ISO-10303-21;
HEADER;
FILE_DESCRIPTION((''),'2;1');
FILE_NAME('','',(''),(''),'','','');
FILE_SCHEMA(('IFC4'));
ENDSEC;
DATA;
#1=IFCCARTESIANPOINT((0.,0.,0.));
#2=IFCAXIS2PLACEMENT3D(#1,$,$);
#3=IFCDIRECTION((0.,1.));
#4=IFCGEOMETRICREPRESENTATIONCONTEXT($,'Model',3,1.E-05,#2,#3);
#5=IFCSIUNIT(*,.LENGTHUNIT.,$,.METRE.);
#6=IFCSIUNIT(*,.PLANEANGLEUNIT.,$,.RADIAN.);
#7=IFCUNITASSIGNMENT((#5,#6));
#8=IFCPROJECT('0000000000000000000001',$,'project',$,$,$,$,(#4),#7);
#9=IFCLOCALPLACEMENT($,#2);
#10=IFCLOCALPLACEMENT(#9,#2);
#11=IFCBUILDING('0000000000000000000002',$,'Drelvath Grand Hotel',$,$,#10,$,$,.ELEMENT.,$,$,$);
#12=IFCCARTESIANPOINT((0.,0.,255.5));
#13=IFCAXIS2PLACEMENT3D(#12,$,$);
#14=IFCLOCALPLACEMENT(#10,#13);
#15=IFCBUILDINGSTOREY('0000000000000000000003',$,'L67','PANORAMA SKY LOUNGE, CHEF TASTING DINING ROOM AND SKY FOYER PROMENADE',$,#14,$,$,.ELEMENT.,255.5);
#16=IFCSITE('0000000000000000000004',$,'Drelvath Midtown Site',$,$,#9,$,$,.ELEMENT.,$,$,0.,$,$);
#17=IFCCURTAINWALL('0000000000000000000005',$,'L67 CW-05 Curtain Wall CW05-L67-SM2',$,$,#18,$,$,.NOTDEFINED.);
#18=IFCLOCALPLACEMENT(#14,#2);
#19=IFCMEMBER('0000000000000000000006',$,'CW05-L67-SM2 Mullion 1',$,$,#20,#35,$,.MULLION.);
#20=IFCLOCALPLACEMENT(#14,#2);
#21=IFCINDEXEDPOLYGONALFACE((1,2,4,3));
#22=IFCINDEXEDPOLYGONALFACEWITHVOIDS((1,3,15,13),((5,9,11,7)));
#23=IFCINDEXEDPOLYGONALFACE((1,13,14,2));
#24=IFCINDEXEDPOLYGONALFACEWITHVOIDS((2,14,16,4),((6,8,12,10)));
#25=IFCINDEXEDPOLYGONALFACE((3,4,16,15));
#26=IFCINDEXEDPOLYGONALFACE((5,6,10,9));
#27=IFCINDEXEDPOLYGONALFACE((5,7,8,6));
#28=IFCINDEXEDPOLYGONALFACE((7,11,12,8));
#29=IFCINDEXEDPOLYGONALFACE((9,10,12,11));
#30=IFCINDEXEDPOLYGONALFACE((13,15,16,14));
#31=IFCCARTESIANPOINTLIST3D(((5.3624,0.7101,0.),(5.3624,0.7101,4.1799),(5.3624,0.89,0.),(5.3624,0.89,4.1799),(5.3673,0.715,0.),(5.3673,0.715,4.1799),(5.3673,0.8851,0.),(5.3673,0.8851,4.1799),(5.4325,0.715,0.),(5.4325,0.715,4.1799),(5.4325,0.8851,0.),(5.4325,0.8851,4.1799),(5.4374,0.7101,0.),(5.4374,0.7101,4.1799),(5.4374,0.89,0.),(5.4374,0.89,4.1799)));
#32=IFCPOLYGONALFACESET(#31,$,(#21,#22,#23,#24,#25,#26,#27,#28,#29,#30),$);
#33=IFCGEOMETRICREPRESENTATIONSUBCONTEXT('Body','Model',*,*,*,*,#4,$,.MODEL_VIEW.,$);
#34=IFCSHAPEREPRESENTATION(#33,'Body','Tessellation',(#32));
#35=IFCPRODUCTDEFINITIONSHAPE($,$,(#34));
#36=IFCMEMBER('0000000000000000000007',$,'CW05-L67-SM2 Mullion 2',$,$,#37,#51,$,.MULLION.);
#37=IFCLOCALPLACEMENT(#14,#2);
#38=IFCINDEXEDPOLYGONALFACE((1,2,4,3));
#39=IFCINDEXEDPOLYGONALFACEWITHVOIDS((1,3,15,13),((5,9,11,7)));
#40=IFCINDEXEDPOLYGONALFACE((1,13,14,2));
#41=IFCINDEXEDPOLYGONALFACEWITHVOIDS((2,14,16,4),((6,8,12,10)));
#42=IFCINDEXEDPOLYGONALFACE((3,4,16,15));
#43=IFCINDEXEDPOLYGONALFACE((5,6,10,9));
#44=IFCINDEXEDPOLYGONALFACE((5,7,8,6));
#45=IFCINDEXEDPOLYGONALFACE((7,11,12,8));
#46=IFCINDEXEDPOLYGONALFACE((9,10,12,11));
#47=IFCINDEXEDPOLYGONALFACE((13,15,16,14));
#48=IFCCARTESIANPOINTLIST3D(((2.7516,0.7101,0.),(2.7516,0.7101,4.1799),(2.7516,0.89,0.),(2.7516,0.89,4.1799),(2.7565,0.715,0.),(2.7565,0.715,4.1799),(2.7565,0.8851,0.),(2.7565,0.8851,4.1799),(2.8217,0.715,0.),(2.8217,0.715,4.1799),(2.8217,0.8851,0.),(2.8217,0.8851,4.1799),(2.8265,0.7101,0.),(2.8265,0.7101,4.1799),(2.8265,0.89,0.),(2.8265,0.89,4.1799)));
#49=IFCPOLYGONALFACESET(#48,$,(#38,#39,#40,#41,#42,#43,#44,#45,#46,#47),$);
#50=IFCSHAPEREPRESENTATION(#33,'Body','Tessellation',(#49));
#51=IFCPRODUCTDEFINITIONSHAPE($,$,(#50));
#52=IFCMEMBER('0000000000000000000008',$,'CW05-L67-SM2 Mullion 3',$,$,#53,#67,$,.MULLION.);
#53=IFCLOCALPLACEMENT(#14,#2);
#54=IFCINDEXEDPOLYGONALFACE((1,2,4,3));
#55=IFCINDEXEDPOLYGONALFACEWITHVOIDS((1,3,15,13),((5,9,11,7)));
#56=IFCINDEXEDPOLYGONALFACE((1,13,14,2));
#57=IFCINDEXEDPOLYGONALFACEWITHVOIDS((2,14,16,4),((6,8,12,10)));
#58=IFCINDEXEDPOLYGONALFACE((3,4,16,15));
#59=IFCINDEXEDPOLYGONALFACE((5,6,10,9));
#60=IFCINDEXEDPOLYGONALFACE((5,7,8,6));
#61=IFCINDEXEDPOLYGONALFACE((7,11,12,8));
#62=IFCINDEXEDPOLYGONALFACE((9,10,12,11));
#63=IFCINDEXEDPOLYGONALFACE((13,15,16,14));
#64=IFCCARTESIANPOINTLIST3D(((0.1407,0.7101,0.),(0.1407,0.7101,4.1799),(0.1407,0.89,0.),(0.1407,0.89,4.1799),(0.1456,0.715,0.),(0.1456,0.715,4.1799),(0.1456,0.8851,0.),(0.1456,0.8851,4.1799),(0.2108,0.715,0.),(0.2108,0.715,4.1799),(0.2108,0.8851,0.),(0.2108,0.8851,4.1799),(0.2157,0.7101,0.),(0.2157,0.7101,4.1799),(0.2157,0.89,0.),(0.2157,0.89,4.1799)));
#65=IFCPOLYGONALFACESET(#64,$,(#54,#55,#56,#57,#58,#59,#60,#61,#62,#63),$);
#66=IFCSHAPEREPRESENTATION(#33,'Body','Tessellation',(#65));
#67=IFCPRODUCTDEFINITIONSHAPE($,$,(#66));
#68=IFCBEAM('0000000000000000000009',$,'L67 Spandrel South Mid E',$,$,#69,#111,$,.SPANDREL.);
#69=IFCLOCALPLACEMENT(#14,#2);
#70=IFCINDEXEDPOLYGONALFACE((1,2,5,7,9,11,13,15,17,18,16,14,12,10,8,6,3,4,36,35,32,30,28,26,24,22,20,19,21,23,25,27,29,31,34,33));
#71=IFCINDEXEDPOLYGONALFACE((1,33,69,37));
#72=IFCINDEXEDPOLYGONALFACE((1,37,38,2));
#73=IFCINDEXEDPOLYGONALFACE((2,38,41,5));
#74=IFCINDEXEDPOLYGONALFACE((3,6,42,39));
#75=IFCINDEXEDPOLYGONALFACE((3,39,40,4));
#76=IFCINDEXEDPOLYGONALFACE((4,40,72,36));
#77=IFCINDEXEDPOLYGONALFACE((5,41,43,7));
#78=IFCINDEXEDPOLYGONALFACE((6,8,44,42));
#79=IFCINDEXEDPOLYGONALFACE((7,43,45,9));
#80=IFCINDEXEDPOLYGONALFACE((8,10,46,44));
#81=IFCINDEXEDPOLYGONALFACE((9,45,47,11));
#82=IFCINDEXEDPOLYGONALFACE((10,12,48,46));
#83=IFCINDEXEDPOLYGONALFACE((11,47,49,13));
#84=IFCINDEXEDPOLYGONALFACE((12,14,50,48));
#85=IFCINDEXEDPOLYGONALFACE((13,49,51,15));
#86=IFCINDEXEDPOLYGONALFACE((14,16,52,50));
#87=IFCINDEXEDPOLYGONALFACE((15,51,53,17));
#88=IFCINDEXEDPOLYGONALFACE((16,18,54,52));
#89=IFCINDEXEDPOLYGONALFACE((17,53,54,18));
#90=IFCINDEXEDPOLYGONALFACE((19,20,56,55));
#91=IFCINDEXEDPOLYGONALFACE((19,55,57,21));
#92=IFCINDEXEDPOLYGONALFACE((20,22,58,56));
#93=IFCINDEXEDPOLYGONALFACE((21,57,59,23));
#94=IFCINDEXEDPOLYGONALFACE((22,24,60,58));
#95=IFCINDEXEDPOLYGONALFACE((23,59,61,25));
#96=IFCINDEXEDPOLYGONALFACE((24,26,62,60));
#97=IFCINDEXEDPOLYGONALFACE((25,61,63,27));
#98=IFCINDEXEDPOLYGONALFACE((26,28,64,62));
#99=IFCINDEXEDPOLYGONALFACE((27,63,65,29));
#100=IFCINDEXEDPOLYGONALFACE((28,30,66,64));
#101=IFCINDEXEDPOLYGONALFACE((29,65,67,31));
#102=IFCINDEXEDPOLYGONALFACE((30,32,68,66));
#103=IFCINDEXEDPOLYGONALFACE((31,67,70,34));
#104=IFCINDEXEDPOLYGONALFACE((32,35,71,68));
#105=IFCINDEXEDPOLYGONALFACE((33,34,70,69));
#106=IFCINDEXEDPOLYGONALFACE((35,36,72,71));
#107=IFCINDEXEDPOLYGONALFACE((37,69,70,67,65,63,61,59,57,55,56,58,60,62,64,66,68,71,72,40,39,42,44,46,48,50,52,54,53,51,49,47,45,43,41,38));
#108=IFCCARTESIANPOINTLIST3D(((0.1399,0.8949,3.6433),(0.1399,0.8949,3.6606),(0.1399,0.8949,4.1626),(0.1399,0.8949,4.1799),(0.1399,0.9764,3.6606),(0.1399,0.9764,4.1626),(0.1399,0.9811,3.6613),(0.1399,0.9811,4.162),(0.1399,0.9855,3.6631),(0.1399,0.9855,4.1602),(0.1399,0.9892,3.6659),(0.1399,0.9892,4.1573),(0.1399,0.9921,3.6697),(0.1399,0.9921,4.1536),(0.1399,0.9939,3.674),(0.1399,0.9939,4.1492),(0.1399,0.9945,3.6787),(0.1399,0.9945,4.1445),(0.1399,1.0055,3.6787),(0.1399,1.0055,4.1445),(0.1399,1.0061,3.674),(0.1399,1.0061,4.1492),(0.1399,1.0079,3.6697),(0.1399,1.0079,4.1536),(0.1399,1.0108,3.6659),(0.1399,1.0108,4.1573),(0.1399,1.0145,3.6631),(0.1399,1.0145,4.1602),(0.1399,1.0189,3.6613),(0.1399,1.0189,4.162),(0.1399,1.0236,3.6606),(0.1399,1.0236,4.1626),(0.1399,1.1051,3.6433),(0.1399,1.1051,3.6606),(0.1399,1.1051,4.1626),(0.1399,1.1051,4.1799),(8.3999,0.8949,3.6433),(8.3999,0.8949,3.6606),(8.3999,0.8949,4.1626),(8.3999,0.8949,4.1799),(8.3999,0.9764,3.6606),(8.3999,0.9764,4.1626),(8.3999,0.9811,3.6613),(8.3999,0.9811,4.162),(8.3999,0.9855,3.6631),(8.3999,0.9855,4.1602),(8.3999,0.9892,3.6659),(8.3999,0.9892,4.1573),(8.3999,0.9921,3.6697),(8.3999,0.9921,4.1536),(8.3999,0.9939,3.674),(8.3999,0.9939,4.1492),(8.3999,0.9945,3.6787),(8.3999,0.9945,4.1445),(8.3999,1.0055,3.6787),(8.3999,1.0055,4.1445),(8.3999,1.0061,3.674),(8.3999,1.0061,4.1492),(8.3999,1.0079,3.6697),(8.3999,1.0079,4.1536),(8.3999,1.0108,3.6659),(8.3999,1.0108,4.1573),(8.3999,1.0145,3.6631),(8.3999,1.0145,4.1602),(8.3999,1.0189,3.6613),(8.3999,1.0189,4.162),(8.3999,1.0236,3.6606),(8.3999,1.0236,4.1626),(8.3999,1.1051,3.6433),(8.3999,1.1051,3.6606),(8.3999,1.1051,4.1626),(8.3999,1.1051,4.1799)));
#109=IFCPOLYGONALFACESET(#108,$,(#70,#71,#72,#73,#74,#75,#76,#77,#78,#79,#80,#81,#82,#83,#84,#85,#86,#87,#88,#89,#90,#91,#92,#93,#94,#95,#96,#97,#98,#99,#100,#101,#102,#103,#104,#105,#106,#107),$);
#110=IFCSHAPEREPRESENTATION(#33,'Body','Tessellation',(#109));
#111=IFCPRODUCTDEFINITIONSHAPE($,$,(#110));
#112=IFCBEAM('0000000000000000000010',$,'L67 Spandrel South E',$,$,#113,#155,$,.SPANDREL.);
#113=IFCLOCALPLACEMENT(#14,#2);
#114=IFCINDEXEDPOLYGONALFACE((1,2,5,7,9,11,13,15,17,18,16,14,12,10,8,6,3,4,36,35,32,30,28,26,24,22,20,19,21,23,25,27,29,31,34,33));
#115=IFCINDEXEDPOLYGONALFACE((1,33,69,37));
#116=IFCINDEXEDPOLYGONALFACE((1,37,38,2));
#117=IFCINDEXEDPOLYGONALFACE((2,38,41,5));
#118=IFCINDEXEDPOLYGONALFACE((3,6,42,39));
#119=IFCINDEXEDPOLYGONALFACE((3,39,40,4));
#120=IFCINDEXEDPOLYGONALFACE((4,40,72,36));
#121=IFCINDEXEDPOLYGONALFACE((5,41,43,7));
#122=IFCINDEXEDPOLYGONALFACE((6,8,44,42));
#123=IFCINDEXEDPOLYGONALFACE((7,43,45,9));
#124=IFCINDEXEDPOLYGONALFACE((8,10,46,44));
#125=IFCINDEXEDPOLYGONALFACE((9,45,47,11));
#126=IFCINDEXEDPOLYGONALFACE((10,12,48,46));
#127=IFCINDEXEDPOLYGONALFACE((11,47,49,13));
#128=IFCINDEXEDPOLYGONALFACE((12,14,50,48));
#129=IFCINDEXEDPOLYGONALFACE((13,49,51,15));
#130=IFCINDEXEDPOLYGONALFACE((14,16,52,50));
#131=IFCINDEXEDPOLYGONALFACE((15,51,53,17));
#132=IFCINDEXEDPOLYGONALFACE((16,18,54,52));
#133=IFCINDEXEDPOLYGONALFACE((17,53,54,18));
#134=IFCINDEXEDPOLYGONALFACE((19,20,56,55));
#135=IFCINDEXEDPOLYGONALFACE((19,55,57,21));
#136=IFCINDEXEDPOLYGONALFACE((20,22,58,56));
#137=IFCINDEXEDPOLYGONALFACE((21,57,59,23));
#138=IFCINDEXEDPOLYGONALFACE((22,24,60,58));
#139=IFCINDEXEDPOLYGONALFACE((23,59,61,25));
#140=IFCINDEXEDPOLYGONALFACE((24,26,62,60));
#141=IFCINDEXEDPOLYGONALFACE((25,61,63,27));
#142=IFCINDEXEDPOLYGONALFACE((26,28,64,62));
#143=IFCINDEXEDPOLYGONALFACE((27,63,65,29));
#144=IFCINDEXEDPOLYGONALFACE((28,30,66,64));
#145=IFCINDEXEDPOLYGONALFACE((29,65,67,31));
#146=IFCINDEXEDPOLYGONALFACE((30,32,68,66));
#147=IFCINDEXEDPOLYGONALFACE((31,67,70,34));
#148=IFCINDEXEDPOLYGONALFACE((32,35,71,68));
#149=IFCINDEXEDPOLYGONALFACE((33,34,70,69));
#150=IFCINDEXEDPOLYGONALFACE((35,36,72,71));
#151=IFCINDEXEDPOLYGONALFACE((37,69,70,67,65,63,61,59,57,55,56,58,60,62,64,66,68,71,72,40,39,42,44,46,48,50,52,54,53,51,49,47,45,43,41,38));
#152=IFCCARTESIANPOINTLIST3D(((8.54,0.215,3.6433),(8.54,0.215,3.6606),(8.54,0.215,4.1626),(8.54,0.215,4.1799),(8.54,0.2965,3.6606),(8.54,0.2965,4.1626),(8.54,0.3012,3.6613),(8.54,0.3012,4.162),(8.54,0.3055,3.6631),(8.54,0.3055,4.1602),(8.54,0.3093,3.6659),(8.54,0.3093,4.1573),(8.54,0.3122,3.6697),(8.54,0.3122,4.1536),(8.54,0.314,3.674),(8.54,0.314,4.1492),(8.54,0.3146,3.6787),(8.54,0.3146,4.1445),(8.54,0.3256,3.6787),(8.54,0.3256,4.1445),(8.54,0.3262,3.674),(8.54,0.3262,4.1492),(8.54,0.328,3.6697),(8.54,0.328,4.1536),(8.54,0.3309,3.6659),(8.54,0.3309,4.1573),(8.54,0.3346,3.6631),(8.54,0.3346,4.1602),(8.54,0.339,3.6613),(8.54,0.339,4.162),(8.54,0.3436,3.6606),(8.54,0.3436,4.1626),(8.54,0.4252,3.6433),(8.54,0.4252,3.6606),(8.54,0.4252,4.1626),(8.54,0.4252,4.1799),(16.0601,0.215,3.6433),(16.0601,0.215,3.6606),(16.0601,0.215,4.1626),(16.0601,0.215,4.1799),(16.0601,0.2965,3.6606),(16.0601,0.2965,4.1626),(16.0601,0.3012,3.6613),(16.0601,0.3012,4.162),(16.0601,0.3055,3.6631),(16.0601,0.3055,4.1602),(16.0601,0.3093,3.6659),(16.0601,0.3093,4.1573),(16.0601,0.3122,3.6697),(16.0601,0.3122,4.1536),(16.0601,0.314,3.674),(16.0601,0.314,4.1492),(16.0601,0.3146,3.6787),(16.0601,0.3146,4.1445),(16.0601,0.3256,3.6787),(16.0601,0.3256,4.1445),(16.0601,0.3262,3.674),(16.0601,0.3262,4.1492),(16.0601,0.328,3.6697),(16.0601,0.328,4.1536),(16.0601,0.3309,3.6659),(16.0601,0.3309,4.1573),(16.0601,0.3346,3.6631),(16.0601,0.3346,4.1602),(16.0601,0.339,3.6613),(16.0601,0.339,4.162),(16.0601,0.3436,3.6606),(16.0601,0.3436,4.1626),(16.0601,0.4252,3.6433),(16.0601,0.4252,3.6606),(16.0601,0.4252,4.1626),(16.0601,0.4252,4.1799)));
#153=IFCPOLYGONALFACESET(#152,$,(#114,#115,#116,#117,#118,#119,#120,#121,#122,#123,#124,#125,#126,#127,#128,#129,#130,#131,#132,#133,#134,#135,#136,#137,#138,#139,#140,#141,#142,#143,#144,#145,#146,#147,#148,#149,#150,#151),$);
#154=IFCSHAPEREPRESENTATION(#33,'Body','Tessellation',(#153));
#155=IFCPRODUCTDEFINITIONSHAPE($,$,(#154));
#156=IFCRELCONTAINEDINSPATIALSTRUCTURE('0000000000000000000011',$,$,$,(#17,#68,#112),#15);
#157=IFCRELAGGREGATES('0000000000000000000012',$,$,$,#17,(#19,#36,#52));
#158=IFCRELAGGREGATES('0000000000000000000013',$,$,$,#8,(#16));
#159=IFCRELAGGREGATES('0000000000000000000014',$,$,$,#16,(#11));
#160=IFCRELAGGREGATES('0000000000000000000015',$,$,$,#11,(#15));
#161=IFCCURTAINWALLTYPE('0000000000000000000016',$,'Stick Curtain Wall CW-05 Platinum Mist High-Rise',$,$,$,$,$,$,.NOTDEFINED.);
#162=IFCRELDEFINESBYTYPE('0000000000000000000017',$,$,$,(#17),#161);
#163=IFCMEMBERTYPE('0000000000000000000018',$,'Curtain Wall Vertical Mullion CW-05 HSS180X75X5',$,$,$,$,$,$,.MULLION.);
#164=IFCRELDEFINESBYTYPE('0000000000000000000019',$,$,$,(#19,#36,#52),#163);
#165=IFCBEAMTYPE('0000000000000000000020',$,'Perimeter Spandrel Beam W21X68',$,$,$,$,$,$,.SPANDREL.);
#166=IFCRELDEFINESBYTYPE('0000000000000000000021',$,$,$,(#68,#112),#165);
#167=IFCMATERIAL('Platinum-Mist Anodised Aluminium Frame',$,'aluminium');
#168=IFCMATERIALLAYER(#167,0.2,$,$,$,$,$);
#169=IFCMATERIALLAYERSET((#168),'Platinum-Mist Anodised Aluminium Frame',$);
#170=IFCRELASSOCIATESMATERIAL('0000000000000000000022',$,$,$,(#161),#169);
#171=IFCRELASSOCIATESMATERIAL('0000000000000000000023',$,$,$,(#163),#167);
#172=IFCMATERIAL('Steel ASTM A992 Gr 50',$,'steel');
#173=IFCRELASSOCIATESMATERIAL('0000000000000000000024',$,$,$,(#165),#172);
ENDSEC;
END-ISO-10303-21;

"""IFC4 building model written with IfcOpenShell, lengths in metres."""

from ifc_helpers import new_model, si_unit, direction, frame, origin, origin_2d, place, context, subcontext, project, spatial, hollow_rectangle, i_section, extrude, material, layer, layer_set, material_profile, profile_set, type_object, element, aggregate, save


model = new_model("IFC4")

# Units and contexts
model_context = context("Model", 3, precision=1e-05, world=origin(), true_north=direction((0.0, 1.0)))
body_context = subcontext(model_context, "Body", "Model", "MODEL_VIEW")
ifc_project = project(units=[si_unit("LENGTHUNIT", "METRE"), si_unit("PLANEANGLEUNIT", "RADIAN")], contexts=[model_context])

# Site, building, storey
site_placement = place(None, origin())
site = spatial("IfcSite", under=ifc_project, at=site_placement, Name="Drelvath Midtown Site", CompositionType="ELEMENT", RefElevation=0.0)
building_placement = place(site_placement, origin())
building = spatial("IfcBuilding", under=site, at=building_placement, Name="Drelvath Grand Hotel", CompositionType="ELEMENT")
storey_placement = place(building_placement, frame((0.0, 0.0, 255.5)))
storey = spatial("IfcBuildingStorey", under=building, at=storey_placement, Name="L67", Description="PANORAMA SKY LOUNGE, CHEF TASTING DINING ROOM AND SKY FOYER PROMENADE", CompositionType="ELEMENT", Elevation=255.5)

# Shared definitions
ifc_material_1 = material(Name="Steel ASTM A992 Gr 50", Category="steel")

# Curtain wall
ifc_material_2 = material(Name="Platinum-Mist Anodised Aluminium Frame", Category="aluminium")
ifc_layer_1 = layer(ifc_material_2, 0.2)
ifc_layer_set_1 = layer_set([ifc_layer_1], Name="Platinum-Mist Anodised Aluminium Frame")
curtain_wall_type = type_object("IfcCurtainWallType", Name="Stick Curtain Wall CW-05 Platinum Mist High-Rise", PredefinedType="NOTDEFINED", material=ifc_layer_set_1)
curtain_wall_1_placement = place(storey_placement, origin())
curtain_wall_1 = element("IfcCurtainWall", 1, at=curtain_wall_1_placement, inside=storey, type_object=curtain_wall_type, Name="L67 CW-05 Curtain Wall CW05-L67-SM2", PredefinedType="NOTDEFINED")

# Members
ifc_material_profile_1 = material_profile(ifc_material_2, hollow_rectangle(XDim=0.075, YDim=0.1799, WallThickness=0.0049, at=origin_2d()), Name="HSS180X75X5")
ifc_profile_set_1 = profile_set([ifc_material_profile_1], Name="Platinum-Mist Anodised Aluminium Frame")
member_type_1 = type_object("IfcMemberType", Name="Curtain Wall Vertical Mullion CW-05 HSS180X75X5", PredefinedType="MULLION", material=ifc_profile_set_1)
member_1_placement = place(storey_placement, frame((5.3999, 0.8, 0.0), z_axis=(0.0, 0.0, 1.0), x_axis=(1.0, 0.0, 0.0)))
member_1 = element("IfcMember", 2, at=member_1_placement, type_object=member_type_1, Name="CW05-L67-SM2 Mullion 1", PredefinedType="MULLION", context=body_context, shape_type="SweptSolid", body=[
    extrude(hollow_rectangle(XDim=0.075, YDim=0.1799, WallThickness=0.0049, at=origin_2d()), origin(), (0.0, 0.0, 1.0), 4.1799),
])
member_2_placement = place(storey_placement, frame((2.7891, 0.8, 0.0), z_axis=(0.0, 0.0, 1.0), x_axis=(1.0, 0.0, 0.0)))
member_2 = element("IfcMember", 3, at=member_2_placement, type_object=member_type_1, Name="CW05-L67-SM2 Mullion 2", PredefinedType="MULLION", context=body_context, shape_type="SweptSolid", body=[
    extrude(hollow_rectangle(XDim=0.075, YDim=0.1799, WallThickness=0.0049, at=origin_2d()), origin(), (0.0, 0.0, 1.0), 4.1799),
])
member_3_placement = place(storey_placement, frame((0.1782, 0.8, 0.0), z_axis=(0.0, 0.0, 1.0), x_axis=(1.0, 0.0, 0.0)))
member_3 = element("IfcMember", 4, at=member_3_placement, type_object=member_type_1, Name="CW05-L67-SM2 Mullion 3", PredefinedType="MULLION", context=body_context, shape_type="SweptSolid", body=[
    extrude(hollow_rectangle(XDim=0.075, YDim=0.1799, WallThickness=0.0049, at=origin_2d()), origin(), (0.0, 0.0, 1.0), 4.1799),
])

# Beams
ifc_material_profile_2 = material_profile(ifc_material_1, i_section(OverallWidth=0.2102, OverallDepth=0.5366, WebThickness=0.011, FlangeThickness=0.0173, FilletRadius=0.0181, at=origin_2d()), Name="W21X68")
ifc_profile_set_2 = profile_set([ifc_material_profile_2], Name="Steel ASTM A992 Gr 50")
beam_type_1 = type_object("IfcBeamType", Name="Perimeter Spandrel Beam W21X68", PredefinedType="SPANDREL", material=ifc_profile_set_2)
beam_1_placement = place(storey_placement, frame((0.1399, 1.0, 3.9116), z_axis=(1.0, 0.0, 0.0), x_axis=(0.0, 1.0, 0.0)))
element("IfcBeam", 5, at=beam_1_placement, inside=storey, type_object=beam_type_1, Name="L67 Spandrel South Mid E", PredefinedType="SPANDREL", context=body_context, shape_type="SweptSolid", body=[
    extrude(i_section(OverallWidth=0.2102, OverallDepth=0.5366, WebThickness=0.011, FlangeThickness=0.0173, FilletRadius=0.0181, at=origin_2d()), origin(), (0.0, 0.0, 1.0), 8.26),
])
beam_2_placement = place(storey_placement, frame((8.54, 0.3201, 3.9116), z_axis=(1.0, 0.0, 0.0), x_axis=(0.0, 1.0, 0.0)))
element("IfcBeam", 6, at=beam_2_placement, inside=storey, type_object=beam_type_1, Name="L67 Spandrel South E", PredefinedType="SPANDREL", context=body_context, shape_type="SweptSolid", body=[
    extrude(i_section(OverallWidth=0.2102, OverallDepth=0.5366, WebThickness=0.011, FlangeThickness=0.0173, FilletRadius=0.0181, at=origin_2d()), origin(), (0.0, 0.0, 1.0), 7.52),
])

aggregate(curtain_wall_1, [member_1, member_2, member_3])

save(model, "model.ifc")
